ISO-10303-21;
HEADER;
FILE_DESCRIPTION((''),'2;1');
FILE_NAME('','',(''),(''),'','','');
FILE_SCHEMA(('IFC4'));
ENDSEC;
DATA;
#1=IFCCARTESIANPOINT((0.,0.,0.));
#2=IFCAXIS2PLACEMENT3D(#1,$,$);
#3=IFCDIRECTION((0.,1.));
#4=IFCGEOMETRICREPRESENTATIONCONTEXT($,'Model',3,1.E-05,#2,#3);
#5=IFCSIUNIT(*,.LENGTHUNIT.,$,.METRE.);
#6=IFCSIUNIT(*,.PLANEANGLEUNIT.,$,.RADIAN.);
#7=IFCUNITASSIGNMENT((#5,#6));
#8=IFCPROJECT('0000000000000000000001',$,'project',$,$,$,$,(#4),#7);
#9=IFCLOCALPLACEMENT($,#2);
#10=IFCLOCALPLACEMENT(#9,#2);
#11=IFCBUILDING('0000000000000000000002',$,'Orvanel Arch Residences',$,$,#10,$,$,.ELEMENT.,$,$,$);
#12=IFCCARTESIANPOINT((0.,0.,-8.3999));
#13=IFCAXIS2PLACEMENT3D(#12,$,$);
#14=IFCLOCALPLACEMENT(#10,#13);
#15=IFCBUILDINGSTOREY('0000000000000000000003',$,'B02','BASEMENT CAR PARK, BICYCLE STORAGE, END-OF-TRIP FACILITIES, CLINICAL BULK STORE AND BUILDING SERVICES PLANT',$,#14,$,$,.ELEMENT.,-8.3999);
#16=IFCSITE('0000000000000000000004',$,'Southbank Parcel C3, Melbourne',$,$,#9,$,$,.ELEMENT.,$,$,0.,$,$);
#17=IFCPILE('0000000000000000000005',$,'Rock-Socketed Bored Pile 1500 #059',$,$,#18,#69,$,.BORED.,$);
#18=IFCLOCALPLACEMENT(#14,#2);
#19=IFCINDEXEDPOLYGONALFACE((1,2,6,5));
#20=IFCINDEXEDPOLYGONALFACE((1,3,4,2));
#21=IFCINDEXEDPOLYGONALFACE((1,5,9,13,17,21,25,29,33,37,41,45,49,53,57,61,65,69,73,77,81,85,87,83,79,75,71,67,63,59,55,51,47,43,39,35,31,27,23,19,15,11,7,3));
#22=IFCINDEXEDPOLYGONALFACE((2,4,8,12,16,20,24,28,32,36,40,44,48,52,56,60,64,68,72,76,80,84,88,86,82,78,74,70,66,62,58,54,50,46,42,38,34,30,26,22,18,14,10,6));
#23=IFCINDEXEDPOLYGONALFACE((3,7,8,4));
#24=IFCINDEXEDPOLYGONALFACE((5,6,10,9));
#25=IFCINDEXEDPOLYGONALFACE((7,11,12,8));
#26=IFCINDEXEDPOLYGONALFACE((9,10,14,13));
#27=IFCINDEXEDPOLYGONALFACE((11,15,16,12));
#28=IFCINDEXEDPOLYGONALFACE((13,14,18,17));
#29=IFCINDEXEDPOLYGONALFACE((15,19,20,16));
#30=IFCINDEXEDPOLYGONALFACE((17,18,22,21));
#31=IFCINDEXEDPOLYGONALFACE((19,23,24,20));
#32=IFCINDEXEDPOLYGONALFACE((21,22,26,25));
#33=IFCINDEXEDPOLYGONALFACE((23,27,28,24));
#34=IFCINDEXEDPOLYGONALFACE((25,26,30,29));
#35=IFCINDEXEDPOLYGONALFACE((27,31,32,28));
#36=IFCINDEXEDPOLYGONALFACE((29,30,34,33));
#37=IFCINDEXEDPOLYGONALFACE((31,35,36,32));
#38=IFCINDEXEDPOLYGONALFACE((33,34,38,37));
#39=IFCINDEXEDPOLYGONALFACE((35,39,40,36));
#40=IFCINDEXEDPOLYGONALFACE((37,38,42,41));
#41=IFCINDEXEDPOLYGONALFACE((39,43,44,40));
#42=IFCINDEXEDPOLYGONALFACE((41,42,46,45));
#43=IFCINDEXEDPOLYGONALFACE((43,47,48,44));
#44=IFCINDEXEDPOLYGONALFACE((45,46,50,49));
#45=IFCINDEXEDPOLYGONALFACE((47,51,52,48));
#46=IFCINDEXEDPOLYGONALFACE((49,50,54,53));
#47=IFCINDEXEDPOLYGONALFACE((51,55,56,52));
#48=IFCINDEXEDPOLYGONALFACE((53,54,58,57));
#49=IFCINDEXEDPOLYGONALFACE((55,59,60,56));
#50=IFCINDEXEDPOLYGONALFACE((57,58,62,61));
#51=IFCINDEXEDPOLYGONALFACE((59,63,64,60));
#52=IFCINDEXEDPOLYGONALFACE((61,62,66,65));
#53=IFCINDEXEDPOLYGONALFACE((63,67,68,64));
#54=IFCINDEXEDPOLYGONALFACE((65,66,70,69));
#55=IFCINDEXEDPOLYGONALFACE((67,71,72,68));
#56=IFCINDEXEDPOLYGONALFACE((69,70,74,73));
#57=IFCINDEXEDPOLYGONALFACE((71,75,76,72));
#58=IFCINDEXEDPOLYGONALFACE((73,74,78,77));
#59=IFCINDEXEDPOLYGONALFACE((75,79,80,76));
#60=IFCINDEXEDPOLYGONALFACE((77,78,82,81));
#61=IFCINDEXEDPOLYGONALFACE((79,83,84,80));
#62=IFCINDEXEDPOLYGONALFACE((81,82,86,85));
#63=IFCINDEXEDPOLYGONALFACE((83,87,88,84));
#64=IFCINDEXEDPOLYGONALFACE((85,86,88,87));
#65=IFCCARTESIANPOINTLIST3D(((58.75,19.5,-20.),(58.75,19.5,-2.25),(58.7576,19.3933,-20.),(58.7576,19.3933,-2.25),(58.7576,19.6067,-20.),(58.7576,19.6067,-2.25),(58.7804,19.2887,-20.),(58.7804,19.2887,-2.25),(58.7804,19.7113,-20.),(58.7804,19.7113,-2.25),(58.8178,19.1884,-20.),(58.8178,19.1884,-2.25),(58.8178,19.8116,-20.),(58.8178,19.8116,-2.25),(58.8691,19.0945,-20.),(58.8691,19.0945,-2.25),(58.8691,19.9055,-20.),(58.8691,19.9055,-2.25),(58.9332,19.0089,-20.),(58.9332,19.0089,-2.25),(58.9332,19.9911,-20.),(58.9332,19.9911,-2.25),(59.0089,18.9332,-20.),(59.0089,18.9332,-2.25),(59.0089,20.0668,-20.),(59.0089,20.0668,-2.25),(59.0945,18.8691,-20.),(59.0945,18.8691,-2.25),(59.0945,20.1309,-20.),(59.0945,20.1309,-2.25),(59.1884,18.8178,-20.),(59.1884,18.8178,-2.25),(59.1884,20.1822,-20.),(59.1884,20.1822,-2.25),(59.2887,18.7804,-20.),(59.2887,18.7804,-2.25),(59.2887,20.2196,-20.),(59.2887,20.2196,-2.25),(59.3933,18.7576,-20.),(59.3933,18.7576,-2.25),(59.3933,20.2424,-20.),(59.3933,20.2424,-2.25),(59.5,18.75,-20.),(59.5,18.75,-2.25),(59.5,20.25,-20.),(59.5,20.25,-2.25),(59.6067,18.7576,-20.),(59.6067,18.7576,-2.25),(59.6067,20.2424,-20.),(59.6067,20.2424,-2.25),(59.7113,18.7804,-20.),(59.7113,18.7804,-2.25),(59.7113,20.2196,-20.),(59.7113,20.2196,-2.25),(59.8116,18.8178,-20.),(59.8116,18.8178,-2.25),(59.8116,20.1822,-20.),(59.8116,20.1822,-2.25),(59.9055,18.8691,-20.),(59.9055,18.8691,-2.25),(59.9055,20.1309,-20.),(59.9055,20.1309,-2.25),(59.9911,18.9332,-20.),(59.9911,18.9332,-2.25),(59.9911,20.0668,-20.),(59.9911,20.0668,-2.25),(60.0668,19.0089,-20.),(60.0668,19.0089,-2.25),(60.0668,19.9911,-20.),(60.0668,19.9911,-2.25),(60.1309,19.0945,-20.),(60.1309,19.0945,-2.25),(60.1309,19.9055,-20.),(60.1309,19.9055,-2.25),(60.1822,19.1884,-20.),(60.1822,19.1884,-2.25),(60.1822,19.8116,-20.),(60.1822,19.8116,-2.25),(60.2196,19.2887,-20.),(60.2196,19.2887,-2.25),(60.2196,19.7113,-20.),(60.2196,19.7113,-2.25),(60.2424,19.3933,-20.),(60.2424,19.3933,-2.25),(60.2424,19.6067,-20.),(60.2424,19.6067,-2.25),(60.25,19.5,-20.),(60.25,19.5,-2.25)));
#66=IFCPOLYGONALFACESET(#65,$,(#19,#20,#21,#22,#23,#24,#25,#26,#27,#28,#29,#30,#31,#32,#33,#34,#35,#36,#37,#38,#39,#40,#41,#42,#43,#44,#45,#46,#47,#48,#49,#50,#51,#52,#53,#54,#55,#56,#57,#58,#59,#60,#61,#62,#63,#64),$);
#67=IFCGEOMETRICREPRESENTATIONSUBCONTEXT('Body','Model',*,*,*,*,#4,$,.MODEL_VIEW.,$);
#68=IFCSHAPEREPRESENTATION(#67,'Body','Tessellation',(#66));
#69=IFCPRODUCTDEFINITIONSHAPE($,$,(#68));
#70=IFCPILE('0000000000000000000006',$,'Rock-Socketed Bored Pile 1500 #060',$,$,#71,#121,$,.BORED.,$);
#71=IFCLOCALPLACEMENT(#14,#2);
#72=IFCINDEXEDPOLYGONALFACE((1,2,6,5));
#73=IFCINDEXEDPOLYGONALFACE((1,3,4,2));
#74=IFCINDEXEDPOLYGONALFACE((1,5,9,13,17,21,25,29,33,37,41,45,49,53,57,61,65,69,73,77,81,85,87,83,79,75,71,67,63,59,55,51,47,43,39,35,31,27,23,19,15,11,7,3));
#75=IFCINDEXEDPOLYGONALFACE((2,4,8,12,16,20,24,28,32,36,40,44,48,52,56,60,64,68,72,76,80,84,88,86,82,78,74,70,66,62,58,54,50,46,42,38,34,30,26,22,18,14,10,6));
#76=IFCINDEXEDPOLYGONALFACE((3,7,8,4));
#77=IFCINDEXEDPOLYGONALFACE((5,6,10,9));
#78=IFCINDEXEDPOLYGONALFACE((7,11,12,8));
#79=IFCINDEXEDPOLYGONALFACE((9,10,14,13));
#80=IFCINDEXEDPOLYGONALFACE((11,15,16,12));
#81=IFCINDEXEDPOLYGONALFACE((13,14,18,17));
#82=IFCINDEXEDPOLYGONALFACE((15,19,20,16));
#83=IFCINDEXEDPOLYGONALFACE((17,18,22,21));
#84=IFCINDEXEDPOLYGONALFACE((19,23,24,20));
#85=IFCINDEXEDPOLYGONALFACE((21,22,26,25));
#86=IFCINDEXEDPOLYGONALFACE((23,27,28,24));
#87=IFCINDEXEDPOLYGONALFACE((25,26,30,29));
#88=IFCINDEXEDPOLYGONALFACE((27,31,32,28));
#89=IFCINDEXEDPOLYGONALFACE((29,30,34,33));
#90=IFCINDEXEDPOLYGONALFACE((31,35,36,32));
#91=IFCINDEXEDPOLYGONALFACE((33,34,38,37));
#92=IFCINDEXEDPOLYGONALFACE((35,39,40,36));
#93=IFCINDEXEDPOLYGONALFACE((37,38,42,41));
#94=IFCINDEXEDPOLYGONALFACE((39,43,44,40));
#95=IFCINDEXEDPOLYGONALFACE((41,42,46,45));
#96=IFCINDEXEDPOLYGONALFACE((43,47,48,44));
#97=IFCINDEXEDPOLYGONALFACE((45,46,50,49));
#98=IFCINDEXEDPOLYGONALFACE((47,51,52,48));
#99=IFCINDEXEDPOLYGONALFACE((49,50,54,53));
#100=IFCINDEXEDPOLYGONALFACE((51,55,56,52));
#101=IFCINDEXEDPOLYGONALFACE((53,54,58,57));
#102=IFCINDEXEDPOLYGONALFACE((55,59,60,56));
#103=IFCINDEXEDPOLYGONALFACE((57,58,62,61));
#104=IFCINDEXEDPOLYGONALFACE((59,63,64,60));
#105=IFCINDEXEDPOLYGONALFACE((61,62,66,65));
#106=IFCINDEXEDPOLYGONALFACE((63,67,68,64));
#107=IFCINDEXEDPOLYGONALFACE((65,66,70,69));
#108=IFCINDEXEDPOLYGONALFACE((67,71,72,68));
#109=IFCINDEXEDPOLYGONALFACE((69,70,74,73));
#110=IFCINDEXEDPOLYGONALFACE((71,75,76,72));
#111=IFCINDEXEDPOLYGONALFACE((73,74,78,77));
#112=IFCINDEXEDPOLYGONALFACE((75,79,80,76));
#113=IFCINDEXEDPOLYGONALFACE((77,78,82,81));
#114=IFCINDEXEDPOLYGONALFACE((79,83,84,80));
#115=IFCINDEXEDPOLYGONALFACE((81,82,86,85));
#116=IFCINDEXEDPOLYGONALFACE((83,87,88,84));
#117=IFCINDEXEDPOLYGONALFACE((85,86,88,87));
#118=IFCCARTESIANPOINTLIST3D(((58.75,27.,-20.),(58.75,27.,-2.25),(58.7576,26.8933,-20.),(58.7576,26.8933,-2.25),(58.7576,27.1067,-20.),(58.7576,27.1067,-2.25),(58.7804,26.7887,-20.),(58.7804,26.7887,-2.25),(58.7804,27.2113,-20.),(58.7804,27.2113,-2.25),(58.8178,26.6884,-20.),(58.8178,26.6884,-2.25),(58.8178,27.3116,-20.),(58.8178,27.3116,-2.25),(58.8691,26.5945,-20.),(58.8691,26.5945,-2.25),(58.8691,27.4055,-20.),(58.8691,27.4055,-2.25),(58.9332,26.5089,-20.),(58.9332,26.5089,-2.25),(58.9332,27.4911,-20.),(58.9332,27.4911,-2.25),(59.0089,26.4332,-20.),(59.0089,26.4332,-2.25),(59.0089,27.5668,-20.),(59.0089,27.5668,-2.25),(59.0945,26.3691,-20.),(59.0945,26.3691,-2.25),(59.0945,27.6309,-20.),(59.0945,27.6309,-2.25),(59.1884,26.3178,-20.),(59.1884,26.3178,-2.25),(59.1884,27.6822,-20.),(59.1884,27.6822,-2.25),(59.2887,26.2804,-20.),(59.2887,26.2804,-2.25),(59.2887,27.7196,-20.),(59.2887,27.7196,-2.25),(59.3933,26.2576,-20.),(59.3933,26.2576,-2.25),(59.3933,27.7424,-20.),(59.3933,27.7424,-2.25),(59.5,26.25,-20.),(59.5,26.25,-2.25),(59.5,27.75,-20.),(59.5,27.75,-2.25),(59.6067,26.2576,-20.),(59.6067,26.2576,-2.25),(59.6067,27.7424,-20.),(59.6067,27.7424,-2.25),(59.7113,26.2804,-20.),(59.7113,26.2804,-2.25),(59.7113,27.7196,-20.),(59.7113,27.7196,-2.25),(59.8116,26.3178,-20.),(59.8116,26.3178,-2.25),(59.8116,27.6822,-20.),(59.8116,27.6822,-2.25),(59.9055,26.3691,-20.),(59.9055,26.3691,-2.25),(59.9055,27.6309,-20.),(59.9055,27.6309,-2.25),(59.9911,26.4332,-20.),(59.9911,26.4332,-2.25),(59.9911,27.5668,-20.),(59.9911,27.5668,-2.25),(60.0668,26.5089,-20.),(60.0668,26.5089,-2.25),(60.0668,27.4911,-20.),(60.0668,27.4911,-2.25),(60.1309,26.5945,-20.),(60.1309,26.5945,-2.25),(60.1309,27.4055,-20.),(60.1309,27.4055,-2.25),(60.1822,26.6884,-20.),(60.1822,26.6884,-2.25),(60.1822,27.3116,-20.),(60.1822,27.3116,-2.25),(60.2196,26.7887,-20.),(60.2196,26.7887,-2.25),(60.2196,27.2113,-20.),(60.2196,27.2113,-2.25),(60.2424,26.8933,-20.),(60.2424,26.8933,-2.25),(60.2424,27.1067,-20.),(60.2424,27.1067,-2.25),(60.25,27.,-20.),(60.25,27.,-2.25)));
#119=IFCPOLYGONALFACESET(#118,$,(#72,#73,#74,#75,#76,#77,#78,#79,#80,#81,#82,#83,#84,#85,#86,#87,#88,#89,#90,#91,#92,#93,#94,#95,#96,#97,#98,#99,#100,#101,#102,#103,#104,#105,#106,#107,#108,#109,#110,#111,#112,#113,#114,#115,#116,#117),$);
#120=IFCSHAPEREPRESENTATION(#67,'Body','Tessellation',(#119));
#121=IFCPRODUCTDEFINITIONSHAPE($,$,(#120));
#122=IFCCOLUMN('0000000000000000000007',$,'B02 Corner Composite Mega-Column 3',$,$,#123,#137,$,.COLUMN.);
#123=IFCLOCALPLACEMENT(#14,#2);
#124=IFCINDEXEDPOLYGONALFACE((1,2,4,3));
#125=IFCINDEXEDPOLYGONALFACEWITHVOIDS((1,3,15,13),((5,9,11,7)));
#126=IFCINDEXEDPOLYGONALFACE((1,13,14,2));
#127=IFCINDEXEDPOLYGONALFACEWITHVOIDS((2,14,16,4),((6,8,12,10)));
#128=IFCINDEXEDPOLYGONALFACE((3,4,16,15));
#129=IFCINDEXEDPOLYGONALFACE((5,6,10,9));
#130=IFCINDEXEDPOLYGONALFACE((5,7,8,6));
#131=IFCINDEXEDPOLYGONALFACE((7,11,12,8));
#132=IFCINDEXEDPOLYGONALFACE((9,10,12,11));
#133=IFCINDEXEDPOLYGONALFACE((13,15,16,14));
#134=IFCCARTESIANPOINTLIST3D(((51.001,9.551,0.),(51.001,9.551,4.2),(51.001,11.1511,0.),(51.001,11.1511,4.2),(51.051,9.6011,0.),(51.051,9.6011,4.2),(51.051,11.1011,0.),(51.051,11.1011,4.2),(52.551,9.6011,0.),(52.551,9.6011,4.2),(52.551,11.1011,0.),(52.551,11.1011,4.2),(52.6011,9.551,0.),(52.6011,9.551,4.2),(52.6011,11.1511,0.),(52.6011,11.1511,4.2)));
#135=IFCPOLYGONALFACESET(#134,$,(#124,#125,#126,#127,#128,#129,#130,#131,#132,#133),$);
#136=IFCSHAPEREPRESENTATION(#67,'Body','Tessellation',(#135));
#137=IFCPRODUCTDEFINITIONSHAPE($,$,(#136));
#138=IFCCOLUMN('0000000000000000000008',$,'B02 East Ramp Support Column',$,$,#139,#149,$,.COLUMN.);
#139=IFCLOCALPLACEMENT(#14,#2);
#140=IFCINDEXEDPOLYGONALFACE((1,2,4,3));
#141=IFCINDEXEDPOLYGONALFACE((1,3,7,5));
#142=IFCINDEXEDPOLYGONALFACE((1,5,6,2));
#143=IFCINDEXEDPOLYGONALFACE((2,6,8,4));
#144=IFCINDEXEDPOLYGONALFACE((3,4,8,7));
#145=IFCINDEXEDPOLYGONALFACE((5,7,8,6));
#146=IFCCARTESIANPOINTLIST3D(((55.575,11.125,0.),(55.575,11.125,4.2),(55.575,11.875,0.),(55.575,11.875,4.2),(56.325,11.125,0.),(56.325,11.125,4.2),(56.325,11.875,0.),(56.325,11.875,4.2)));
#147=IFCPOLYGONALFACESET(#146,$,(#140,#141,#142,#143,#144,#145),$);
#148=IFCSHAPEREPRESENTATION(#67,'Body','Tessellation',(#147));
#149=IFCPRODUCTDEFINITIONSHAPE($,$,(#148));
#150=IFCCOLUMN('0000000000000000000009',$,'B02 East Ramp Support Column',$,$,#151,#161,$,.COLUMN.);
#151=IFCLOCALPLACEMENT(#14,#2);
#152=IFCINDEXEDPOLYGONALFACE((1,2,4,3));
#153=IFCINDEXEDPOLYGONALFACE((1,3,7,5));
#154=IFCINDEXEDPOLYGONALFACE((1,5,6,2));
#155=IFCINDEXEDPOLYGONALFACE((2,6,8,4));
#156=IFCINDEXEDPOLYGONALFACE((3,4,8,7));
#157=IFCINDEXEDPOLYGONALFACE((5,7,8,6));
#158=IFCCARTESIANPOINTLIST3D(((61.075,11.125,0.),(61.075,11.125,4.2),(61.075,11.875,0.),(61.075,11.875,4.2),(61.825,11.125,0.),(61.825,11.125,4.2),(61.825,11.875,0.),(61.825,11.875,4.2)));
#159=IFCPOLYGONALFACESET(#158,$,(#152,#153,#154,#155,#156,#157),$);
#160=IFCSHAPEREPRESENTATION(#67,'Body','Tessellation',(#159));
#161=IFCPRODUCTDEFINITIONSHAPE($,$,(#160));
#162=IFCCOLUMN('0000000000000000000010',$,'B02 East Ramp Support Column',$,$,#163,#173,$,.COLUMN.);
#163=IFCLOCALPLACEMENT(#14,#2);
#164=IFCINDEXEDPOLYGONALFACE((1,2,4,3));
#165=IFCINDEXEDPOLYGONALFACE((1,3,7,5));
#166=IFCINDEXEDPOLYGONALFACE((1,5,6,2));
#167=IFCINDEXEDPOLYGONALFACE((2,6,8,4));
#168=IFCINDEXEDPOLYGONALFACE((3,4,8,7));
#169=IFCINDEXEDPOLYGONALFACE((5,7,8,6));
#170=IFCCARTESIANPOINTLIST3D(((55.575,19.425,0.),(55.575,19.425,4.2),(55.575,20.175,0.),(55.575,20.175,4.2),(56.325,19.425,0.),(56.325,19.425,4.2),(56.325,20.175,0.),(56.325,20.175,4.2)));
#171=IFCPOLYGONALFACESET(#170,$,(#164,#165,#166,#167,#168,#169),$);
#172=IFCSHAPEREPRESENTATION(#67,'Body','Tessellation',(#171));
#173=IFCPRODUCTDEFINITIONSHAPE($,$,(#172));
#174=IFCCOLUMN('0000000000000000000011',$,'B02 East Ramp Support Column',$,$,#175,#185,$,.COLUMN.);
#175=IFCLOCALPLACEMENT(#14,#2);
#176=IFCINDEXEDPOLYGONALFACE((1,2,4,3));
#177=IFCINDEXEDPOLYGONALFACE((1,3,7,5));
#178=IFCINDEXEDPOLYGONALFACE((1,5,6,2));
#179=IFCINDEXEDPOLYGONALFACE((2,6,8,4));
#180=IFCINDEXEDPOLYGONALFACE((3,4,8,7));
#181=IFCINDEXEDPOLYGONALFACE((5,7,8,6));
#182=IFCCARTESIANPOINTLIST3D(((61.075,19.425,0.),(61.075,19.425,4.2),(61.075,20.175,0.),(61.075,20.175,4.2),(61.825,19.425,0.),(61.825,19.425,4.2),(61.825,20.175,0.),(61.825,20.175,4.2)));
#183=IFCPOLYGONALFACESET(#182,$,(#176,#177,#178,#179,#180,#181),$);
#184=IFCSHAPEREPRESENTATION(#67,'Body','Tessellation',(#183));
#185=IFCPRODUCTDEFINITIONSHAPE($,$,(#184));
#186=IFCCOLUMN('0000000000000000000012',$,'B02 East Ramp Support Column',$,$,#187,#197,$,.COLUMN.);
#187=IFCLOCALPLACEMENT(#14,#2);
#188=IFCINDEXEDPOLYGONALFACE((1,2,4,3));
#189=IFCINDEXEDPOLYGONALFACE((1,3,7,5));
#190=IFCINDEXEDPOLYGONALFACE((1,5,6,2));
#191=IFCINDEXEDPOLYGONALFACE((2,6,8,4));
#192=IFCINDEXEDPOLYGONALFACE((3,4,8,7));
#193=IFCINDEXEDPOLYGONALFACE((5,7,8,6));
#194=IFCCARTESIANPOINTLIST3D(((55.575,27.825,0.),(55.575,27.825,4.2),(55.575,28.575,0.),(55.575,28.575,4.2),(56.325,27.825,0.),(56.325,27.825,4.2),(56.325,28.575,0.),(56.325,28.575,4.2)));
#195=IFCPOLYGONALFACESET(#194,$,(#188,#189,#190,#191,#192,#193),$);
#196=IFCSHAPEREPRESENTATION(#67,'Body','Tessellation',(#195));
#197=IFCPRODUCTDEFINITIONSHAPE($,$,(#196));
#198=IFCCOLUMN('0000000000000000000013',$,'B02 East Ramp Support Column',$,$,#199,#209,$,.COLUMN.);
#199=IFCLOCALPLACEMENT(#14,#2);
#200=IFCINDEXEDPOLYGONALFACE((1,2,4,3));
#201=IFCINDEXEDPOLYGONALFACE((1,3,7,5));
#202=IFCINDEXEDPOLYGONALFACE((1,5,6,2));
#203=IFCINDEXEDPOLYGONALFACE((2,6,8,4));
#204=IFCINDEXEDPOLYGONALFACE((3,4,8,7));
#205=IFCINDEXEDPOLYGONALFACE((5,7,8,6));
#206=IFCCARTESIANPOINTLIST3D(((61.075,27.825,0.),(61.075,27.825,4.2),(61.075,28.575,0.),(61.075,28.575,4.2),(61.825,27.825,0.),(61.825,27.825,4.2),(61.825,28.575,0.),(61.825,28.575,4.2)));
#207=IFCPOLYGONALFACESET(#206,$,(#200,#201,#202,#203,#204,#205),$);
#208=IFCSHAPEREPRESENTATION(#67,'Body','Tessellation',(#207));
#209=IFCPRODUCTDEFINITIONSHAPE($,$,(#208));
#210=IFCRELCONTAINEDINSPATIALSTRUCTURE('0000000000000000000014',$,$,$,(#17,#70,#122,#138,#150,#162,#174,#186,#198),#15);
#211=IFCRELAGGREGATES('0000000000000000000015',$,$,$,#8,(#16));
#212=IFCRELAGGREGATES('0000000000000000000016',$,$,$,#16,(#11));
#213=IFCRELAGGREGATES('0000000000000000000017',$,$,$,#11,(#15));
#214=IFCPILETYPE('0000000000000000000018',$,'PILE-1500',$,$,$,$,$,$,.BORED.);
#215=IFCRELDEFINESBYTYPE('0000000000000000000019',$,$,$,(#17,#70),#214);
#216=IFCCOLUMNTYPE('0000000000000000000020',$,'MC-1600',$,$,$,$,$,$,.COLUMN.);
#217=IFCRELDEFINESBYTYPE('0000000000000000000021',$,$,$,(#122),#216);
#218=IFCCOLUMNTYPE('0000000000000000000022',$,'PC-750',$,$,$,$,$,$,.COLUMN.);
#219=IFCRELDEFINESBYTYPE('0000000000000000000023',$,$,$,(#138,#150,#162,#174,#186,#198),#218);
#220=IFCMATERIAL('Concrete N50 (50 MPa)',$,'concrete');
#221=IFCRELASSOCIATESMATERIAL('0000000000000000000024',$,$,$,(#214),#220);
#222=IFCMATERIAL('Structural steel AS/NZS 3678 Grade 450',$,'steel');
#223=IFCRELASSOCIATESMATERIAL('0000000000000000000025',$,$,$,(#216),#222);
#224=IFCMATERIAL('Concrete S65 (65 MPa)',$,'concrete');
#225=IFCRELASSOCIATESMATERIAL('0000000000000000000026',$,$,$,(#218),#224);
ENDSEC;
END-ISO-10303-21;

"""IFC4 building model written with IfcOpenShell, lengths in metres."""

from ifc_helpers import new_model, si_unit, direction, frame, origin, origin_2d, place, context, subcontext, project, spatial, rectangle, hollow_rectangle, circle, extrude, material, material_profile, profile_set, type_object, element, save


model = new_model("IFC4")

# Units and contexts
model_context = context("Model", 3, precision=1e-05, world=origin(), true_north=direction((0.0, 1.0)))
body_context = subcontext(model_context, "Body", "Model", "MODEL_VIEW")
ifc_project = project(units=[si_unit("LENGTHUNIT", "METRE"), si_unit("PLANEANGLEUNIT", "RADIAN")], contexts=[model_context])

# Site, building, storey
site_placement = place(None, origin())
site = spatial("IfcSite", under=ifc_project, at=site_placement, Name="Southbank Parcel C3, Melbourne", CompositionType="ELEMENT", RefElevation=0.0)
building_placement = place(site_placement, origin())
building = spatial("IfcBuilding", under=site, at=building_placement, Name="Orvanel Arch Residences", CompositionType="ELEMENT")
storey_placement = place(building_placement, frame((0.0, 0.0, -8.3999)))
storey = spatial("IfcBuildingStorey", under=building, at=storey_placement, Name="B02", Description="BASEMENT CAR PARK, BICYCLE STORAGE, END-OF-TRIP FACILITIES, CLINICAL BULK STORE AND BUILDING SERVICES PLANT", CompositionType="ELEMENT", Elevation=-8.3999)

# Piles
ifc_material_1 = material(Name="Concrete N50 (50 MPa)", Category="concrete")
ifc_material_profile_1 = material_profile(ifc_material_1, circle(Radius=0.75, at=origin_2d()), Name="PILE1500")
ifc_profile_set_1 = profile_set([ifc_material_profile_1], Name="Concrete N50 (50 MPa)")
pile_type = type_object("IfcPileType", Name="PILE-1500", PredefinedType="BORED", material=ifc_profile_set_1)
for number, where, z_axis, x_axis, name in (
    (1, (59.5, 19.5, -2.25), (0.0, 0.0, -1.0), (1.0, 0.0, 0.0), "Rock-Socketed Bored Pile 1500 #059"),
    (2, (59.5, 27.0, -2.25), (0.0, 0.0, -1.0), (1.0, 0.0, 0.0), "Rock-Socketed Bored Pile 1500 #060"),
):
    element("IfcPile", number, at=place(storey_placement, frame(where, z_axis=z_axis, x_axis=x_axis)), inside=storey, type_object=pile_type, Name=name, PredefinedType="BORED", context=body_context, shape_type="SweptSolid", body=[
        extrude(circle(Radius=0.75, at=origin_2d()), origin(), (0.0, 0.0, 1.0), 17.75),
    ])

# Columns
ifc_material_2 = material(Name="Structural steel AS/NZS 3678 Grade 450", Category="steel")
ifc_material_profile_2 = material_profile(ifc_material_2, hollow_rectangle(XDim=1.6001, YDim=1.6001, WallThickness=0.05, at=origin_2d()), Name="BOX1600x1600x50")
ifc_profile_set_2 = profile_set([ifc_material_profile_2], Name="Structural steel AS/NZS 3678 Grade 450")
column_type_1 = type_object("IfcColumnType", Name="MC-1600", PredefinedType="COLUMN", material=ifc_profile_set_2)
column_1_placement = place(storey_placement, frame((51.801, 10.3511, 0.0), z_axis=(0.0, 0.0, 1.0), x_axis=(1.0, 0.0, 0.0)))
element("IfcColumn", 3, at=column_1_placement, inside=storey, type_object=column_type_1, Name="B02 Corner Composite Mega-Column 3", PredefinedType="COLUMN", context=body_context, shape_type="SweptSolid", body=[
    extrude(hollow_rectangle(XDim=1.6001, YDim=1.6001, WallThickness=0.05, at=origin_2d()), origin(), (0.0, 0.0, 1.0), 4.2),
])
ifc_material_3 = material(Name="Concrete S65 (65 MPa)", Category="concrete")
ifc_material_profile_3 = material_profile(ifc_material_3, rectangle(XDim=0.75, YDim=0.75, at=origin_2d()), Name="RC750x750")
ifc_profile_set_3 = profile_set([ifc_material_profile_3], Name="Concrete S65 (65 MPa)")
column_type_2 = type_object("IfcColumnType", Name="PC-750", PredefinedType="COLUMN", material=ifc_profile_set_3)
for number, where, z_axis, x_axis, name in (
    (4, (55.95, 11.5, 0.0), (0.0, 0.0, 1.0), (1.0, 0.0, 0.0), "B02 East Ramp Support Column"),
    (5, (61.45, 11.5, 0.0), (0.0, 0.0, 1.0), (1.0, 0.0, 0.0), "B02 East Ramp Support Column"),
    (6, (55.95, 19.8, 0.0), (0.0, 0.0, 1.0), (1.0, 0.0, 0.0), "B02 East Ramp Support Column"),
    (7, (61.45, 19.8, 0.0), (0.0, 0.0, 1.0), (1.0, 0.0, 0.0), "B02 East Ramp Support Column"),
    (8, (55.95, 28.2, 0.0), (0.0, 0.0, 1.0), (1.0, 0.0, 0.0), "B02 East Ramp Support Column"),
    (9, (61.45, 28.2, 0.0), (0.0, 0.0, 1.0), (1.0, 0.0, 0.0), "B02 East Ramp Support Column"),
):
    element("IfcColumn", number, at=place(storey_placement, frame(where, z_axis=z_axis, x_axis=x_axis)), inside=storey, type_object=column_type_2, Name=name, PredefinedType="COLUMN", context=body_context, shape_type="SweptSolid", body=[
        extrude(rectangle(XDim=0.75, YDim=0.75, at=origin_2d()), origin(), (0.0, 0.0, 1.0), 4.2),
    ])

save(model, "model.ifc")
